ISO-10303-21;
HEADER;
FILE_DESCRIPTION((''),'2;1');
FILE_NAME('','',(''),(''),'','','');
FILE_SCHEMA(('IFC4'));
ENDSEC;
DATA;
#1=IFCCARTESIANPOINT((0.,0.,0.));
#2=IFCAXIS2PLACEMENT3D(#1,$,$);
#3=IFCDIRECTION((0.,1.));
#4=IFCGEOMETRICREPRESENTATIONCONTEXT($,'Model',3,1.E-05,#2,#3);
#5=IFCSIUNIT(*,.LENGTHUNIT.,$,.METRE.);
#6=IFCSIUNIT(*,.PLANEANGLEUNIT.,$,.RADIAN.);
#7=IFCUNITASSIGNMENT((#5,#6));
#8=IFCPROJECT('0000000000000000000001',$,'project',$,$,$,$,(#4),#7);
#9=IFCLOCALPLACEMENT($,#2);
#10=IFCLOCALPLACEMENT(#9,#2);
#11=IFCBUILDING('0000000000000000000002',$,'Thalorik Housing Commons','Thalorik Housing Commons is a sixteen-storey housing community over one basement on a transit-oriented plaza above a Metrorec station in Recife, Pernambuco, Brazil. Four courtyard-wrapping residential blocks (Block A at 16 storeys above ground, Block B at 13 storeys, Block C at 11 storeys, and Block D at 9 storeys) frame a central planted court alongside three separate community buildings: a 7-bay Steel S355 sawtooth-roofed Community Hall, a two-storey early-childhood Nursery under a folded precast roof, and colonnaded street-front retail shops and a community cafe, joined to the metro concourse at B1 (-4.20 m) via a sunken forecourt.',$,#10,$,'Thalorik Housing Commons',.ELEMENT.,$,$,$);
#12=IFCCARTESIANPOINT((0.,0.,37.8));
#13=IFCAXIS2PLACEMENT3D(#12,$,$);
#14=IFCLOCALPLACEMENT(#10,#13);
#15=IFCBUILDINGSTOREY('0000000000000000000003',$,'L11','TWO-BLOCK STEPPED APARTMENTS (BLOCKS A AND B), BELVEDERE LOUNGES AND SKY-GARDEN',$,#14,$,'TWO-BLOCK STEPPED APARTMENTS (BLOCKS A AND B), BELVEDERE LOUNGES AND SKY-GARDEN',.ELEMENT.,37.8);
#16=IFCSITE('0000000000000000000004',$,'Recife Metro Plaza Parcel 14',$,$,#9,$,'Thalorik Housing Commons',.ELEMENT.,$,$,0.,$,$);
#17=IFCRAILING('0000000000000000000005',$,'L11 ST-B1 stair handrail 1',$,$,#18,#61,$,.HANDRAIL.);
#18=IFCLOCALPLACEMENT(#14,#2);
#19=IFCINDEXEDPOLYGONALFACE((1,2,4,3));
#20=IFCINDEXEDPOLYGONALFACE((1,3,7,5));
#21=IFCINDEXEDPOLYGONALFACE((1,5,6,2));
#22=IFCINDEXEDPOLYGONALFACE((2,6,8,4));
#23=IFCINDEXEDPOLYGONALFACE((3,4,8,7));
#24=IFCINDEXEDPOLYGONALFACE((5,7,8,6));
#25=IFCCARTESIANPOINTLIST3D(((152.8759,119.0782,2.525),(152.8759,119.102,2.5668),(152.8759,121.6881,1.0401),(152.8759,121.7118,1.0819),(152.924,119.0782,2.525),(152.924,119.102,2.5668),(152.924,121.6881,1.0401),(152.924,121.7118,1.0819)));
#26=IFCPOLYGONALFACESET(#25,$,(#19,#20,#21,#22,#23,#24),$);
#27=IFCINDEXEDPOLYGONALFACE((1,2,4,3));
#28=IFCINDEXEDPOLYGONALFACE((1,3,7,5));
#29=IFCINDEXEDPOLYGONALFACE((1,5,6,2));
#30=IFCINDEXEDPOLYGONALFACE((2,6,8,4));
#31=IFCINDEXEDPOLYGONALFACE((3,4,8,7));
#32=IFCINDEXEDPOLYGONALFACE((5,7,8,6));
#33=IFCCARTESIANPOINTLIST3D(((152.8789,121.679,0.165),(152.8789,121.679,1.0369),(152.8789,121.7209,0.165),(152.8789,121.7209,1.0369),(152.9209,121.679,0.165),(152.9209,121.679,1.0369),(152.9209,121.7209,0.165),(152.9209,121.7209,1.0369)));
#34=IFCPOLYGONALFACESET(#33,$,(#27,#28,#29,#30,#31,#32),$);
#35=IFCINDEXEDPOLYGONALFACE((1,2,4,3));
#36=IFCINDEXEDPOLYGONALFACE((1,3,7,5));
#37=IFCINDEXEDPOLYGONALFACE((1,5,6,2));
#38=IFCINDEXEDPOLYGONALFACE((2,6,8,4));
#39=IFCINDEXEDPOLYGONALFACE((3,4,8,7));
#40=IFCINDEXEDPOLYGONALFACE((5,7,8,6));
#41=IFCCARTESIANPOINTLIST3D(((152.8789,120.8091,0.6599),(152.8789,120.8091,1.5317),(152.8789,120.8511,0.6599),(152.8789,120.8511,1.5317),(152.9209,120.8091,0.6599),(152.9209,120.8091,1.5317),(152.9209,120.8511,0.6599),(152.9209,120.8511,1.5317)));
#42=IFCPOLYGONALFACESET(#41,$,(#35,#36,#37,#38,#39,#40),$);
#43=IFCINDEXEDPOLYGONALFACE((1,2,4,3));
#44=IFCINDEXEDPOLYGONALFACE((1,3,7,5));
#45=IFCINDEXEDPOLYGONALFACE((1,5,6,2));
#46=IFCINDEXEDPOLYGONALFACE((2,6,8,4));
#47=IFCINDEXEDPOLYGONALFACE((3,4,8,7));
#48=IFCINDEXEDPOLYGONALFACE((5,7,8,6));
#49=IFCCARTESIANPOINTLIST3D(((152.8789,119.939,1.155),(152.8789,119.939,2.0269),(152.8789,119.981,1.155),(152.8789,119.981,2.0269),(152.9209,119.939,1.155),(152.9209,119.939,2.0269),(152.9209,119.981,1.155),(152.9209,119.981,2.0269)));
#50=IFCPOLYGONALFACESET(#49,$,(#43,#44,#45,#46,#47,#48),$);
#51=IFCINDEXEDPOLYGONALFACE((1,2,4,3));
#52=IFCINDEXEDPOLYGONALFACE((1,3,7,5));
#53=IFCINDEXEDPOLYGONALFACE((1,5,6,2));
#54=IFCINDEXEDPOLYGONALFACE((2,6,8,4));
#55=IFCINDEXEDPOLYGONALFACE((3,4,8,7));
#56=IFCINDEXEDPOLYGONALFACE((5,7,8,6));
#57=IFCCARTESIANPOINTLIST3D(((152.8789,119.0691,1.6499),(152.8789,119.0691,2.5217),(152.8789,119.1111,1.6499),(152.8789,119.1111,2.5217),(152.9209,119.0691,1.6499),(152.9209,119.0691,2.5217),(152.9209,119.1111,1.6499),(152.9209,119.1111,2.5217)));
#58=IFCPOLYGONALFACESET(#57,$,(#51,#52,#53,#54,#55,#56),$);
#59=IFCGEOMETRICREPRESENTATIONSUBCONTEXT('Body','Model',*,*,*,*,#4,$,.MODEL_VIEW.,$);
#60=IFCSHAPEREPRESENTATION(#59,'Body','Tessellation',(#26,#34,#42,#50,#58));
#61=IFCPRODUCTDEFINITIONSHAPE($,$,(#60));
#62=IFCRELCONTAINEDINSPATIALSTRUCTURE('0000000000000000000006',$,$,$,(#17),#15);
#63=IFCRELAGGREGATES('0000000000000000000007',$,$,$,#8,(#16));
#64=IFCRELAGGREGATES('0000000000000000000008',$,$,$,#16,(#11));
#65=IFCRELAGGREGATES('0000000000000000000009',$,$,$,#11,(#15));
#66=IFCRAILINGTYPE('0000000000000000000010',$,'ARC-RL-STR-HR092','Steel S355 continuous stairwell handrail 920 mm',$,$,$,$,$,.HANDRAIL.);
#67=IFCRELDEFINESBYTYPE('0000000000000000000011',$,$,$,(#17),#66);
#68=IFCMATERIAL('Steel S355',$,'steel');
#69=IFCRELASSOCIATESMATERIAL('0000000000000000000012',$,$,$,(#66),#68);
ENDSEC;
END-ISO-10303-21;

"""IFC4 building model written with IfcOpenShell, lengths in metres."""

from ifc_helpers import new_model, si_unit, direction, frame, origin, origin_2d, place, context, subcontext, project, spatial, rectangle, extrude, material, type_object, element, save


model = new_model("IFC4")

# Units and contexts
model_context = context("Model", 3, precision=1e-05, world=origin(), true_north=direction((0.0, 1.0)))
body_context = subcontext(model_context, "Body", "Model", "MODEL_VIEW")
ifc_project = project(units=[si_unit("LENGTHUNIT", "METRE"), si_unit("PLANEANGLEUNIT", "RADIAN")], contexts=[model_context])

# Site, building, storey
site_placement = place(None, origin())
site = spatial("IfcSite", under=ifc_project, at=site_placement, Name="Recife Metro Plaza Parcel 14", LongName="Thalorik Housing Commons", CompositionType="ELEMENT", RefElevation=0.0)
building_placement = place(site_placement, origin())
building = spatial("IfcBuilding", under=site, at=building_placement, Name="Thalorik Housing Commons", Description="Thalorik Housing Commons is a sixteen-storey housing community over one basement on a transit-oriented plaza above a Metrorec station in Recife, Pernambuco, Brazil. Four courtyard-wrapping residential blocks (Block A at 16 storeys above ground, Block B at 13 storeys, Block C at 11 storeys, and Block D at 9 storeys) frame a central planted court alongside three separate community buildings: a 7-bay Steel S355 sawtooth-roofed Community Hall, a two-storey early-childhood Nursery under a folded precast roof, and colonnaded street-front retail shops and a community cafe, joined to the metro concourse at B1 (-4.20 m) via a sunken forecourt.", LongName="Thalorik Housing Commons", CompositionType="ELEMENT")
storey_placement = place(building_placement, frame((0.0, 0.0, 37.8)))
storey = spatial("IfcBuildingStorey", under=building, at=storey_placement, Name="L11", Description="TWO-BLOCK STEPPED APARTMENTS (BLOCKS A AND B), BELVEDERE LOUNGES AND SKY-GARDEN", LongName="TWO-BLOCK STEPPED APARTMENTS (BLOCKS A AND B), BELVEDERE LOUNGES AND SKY-GARDEN", CompositionType="ELEMENT", Elevation=37.8)

# Shared definitions
ifc_material_1 = material(Name="Steel S355", Category="steel")

# Railing
railing_type_1 = type_object("IfcRailingType", Name="ARC-RL-STR-HR092", Description="Steel S355 continuous stairwell handrail 920 mm", PredefinedType="HANDRAIL", material=ifc_material_1)
railing_1_placement = place(storey_placement, frame((152.8999, 121.7, 0.165)))
element("IfcRailing", 1, at=railing_1_placement, inside=storey, type_object=railing_type_1, Name="L11 ST-B1 stair handrail 1", PredefinedType="HANDRAIL", context=body_context, shape_type="SweptSolid", body=[
    extrude(rectangle(XDim=0.0481, YDim=0.0481, at=origin_2d()), frame((0.0, 0.0, 0.896), z_axis=(0.0, -0.869172, 0.494509), x_axis=(1.0, 0.0, 0.0)), (0.0, 0.0, 1.0), 3.0027),
    extrude(rectangle(XDim=0.042, YDim=0.042, at=origin_2d()), origin(), (0.0, 0.0, 1.0), 0.8718),
    extrude(rectangle(XDim=0.042, YDim=0.042, at=origin_2d()), frame((0.0, -0.8699, 0.4949)), (0.0, 0.0, 1.0), 0.8718),
    extrude(rectangle(XDim=0.042, YDim=0.042, at=origin_2d()), frame((0.0, -1.74, 0.99)), (0.0, 0.0, 1.0), 0.8718),
    extrude(rectangle(XDim=0.042, YDim=0.042, at=origin_2d()), frame((0.0, -2.6099, 1.4849)), (0.0, 0.0, 1.0), 0.8718),
])

save(model, "model.ifc")
